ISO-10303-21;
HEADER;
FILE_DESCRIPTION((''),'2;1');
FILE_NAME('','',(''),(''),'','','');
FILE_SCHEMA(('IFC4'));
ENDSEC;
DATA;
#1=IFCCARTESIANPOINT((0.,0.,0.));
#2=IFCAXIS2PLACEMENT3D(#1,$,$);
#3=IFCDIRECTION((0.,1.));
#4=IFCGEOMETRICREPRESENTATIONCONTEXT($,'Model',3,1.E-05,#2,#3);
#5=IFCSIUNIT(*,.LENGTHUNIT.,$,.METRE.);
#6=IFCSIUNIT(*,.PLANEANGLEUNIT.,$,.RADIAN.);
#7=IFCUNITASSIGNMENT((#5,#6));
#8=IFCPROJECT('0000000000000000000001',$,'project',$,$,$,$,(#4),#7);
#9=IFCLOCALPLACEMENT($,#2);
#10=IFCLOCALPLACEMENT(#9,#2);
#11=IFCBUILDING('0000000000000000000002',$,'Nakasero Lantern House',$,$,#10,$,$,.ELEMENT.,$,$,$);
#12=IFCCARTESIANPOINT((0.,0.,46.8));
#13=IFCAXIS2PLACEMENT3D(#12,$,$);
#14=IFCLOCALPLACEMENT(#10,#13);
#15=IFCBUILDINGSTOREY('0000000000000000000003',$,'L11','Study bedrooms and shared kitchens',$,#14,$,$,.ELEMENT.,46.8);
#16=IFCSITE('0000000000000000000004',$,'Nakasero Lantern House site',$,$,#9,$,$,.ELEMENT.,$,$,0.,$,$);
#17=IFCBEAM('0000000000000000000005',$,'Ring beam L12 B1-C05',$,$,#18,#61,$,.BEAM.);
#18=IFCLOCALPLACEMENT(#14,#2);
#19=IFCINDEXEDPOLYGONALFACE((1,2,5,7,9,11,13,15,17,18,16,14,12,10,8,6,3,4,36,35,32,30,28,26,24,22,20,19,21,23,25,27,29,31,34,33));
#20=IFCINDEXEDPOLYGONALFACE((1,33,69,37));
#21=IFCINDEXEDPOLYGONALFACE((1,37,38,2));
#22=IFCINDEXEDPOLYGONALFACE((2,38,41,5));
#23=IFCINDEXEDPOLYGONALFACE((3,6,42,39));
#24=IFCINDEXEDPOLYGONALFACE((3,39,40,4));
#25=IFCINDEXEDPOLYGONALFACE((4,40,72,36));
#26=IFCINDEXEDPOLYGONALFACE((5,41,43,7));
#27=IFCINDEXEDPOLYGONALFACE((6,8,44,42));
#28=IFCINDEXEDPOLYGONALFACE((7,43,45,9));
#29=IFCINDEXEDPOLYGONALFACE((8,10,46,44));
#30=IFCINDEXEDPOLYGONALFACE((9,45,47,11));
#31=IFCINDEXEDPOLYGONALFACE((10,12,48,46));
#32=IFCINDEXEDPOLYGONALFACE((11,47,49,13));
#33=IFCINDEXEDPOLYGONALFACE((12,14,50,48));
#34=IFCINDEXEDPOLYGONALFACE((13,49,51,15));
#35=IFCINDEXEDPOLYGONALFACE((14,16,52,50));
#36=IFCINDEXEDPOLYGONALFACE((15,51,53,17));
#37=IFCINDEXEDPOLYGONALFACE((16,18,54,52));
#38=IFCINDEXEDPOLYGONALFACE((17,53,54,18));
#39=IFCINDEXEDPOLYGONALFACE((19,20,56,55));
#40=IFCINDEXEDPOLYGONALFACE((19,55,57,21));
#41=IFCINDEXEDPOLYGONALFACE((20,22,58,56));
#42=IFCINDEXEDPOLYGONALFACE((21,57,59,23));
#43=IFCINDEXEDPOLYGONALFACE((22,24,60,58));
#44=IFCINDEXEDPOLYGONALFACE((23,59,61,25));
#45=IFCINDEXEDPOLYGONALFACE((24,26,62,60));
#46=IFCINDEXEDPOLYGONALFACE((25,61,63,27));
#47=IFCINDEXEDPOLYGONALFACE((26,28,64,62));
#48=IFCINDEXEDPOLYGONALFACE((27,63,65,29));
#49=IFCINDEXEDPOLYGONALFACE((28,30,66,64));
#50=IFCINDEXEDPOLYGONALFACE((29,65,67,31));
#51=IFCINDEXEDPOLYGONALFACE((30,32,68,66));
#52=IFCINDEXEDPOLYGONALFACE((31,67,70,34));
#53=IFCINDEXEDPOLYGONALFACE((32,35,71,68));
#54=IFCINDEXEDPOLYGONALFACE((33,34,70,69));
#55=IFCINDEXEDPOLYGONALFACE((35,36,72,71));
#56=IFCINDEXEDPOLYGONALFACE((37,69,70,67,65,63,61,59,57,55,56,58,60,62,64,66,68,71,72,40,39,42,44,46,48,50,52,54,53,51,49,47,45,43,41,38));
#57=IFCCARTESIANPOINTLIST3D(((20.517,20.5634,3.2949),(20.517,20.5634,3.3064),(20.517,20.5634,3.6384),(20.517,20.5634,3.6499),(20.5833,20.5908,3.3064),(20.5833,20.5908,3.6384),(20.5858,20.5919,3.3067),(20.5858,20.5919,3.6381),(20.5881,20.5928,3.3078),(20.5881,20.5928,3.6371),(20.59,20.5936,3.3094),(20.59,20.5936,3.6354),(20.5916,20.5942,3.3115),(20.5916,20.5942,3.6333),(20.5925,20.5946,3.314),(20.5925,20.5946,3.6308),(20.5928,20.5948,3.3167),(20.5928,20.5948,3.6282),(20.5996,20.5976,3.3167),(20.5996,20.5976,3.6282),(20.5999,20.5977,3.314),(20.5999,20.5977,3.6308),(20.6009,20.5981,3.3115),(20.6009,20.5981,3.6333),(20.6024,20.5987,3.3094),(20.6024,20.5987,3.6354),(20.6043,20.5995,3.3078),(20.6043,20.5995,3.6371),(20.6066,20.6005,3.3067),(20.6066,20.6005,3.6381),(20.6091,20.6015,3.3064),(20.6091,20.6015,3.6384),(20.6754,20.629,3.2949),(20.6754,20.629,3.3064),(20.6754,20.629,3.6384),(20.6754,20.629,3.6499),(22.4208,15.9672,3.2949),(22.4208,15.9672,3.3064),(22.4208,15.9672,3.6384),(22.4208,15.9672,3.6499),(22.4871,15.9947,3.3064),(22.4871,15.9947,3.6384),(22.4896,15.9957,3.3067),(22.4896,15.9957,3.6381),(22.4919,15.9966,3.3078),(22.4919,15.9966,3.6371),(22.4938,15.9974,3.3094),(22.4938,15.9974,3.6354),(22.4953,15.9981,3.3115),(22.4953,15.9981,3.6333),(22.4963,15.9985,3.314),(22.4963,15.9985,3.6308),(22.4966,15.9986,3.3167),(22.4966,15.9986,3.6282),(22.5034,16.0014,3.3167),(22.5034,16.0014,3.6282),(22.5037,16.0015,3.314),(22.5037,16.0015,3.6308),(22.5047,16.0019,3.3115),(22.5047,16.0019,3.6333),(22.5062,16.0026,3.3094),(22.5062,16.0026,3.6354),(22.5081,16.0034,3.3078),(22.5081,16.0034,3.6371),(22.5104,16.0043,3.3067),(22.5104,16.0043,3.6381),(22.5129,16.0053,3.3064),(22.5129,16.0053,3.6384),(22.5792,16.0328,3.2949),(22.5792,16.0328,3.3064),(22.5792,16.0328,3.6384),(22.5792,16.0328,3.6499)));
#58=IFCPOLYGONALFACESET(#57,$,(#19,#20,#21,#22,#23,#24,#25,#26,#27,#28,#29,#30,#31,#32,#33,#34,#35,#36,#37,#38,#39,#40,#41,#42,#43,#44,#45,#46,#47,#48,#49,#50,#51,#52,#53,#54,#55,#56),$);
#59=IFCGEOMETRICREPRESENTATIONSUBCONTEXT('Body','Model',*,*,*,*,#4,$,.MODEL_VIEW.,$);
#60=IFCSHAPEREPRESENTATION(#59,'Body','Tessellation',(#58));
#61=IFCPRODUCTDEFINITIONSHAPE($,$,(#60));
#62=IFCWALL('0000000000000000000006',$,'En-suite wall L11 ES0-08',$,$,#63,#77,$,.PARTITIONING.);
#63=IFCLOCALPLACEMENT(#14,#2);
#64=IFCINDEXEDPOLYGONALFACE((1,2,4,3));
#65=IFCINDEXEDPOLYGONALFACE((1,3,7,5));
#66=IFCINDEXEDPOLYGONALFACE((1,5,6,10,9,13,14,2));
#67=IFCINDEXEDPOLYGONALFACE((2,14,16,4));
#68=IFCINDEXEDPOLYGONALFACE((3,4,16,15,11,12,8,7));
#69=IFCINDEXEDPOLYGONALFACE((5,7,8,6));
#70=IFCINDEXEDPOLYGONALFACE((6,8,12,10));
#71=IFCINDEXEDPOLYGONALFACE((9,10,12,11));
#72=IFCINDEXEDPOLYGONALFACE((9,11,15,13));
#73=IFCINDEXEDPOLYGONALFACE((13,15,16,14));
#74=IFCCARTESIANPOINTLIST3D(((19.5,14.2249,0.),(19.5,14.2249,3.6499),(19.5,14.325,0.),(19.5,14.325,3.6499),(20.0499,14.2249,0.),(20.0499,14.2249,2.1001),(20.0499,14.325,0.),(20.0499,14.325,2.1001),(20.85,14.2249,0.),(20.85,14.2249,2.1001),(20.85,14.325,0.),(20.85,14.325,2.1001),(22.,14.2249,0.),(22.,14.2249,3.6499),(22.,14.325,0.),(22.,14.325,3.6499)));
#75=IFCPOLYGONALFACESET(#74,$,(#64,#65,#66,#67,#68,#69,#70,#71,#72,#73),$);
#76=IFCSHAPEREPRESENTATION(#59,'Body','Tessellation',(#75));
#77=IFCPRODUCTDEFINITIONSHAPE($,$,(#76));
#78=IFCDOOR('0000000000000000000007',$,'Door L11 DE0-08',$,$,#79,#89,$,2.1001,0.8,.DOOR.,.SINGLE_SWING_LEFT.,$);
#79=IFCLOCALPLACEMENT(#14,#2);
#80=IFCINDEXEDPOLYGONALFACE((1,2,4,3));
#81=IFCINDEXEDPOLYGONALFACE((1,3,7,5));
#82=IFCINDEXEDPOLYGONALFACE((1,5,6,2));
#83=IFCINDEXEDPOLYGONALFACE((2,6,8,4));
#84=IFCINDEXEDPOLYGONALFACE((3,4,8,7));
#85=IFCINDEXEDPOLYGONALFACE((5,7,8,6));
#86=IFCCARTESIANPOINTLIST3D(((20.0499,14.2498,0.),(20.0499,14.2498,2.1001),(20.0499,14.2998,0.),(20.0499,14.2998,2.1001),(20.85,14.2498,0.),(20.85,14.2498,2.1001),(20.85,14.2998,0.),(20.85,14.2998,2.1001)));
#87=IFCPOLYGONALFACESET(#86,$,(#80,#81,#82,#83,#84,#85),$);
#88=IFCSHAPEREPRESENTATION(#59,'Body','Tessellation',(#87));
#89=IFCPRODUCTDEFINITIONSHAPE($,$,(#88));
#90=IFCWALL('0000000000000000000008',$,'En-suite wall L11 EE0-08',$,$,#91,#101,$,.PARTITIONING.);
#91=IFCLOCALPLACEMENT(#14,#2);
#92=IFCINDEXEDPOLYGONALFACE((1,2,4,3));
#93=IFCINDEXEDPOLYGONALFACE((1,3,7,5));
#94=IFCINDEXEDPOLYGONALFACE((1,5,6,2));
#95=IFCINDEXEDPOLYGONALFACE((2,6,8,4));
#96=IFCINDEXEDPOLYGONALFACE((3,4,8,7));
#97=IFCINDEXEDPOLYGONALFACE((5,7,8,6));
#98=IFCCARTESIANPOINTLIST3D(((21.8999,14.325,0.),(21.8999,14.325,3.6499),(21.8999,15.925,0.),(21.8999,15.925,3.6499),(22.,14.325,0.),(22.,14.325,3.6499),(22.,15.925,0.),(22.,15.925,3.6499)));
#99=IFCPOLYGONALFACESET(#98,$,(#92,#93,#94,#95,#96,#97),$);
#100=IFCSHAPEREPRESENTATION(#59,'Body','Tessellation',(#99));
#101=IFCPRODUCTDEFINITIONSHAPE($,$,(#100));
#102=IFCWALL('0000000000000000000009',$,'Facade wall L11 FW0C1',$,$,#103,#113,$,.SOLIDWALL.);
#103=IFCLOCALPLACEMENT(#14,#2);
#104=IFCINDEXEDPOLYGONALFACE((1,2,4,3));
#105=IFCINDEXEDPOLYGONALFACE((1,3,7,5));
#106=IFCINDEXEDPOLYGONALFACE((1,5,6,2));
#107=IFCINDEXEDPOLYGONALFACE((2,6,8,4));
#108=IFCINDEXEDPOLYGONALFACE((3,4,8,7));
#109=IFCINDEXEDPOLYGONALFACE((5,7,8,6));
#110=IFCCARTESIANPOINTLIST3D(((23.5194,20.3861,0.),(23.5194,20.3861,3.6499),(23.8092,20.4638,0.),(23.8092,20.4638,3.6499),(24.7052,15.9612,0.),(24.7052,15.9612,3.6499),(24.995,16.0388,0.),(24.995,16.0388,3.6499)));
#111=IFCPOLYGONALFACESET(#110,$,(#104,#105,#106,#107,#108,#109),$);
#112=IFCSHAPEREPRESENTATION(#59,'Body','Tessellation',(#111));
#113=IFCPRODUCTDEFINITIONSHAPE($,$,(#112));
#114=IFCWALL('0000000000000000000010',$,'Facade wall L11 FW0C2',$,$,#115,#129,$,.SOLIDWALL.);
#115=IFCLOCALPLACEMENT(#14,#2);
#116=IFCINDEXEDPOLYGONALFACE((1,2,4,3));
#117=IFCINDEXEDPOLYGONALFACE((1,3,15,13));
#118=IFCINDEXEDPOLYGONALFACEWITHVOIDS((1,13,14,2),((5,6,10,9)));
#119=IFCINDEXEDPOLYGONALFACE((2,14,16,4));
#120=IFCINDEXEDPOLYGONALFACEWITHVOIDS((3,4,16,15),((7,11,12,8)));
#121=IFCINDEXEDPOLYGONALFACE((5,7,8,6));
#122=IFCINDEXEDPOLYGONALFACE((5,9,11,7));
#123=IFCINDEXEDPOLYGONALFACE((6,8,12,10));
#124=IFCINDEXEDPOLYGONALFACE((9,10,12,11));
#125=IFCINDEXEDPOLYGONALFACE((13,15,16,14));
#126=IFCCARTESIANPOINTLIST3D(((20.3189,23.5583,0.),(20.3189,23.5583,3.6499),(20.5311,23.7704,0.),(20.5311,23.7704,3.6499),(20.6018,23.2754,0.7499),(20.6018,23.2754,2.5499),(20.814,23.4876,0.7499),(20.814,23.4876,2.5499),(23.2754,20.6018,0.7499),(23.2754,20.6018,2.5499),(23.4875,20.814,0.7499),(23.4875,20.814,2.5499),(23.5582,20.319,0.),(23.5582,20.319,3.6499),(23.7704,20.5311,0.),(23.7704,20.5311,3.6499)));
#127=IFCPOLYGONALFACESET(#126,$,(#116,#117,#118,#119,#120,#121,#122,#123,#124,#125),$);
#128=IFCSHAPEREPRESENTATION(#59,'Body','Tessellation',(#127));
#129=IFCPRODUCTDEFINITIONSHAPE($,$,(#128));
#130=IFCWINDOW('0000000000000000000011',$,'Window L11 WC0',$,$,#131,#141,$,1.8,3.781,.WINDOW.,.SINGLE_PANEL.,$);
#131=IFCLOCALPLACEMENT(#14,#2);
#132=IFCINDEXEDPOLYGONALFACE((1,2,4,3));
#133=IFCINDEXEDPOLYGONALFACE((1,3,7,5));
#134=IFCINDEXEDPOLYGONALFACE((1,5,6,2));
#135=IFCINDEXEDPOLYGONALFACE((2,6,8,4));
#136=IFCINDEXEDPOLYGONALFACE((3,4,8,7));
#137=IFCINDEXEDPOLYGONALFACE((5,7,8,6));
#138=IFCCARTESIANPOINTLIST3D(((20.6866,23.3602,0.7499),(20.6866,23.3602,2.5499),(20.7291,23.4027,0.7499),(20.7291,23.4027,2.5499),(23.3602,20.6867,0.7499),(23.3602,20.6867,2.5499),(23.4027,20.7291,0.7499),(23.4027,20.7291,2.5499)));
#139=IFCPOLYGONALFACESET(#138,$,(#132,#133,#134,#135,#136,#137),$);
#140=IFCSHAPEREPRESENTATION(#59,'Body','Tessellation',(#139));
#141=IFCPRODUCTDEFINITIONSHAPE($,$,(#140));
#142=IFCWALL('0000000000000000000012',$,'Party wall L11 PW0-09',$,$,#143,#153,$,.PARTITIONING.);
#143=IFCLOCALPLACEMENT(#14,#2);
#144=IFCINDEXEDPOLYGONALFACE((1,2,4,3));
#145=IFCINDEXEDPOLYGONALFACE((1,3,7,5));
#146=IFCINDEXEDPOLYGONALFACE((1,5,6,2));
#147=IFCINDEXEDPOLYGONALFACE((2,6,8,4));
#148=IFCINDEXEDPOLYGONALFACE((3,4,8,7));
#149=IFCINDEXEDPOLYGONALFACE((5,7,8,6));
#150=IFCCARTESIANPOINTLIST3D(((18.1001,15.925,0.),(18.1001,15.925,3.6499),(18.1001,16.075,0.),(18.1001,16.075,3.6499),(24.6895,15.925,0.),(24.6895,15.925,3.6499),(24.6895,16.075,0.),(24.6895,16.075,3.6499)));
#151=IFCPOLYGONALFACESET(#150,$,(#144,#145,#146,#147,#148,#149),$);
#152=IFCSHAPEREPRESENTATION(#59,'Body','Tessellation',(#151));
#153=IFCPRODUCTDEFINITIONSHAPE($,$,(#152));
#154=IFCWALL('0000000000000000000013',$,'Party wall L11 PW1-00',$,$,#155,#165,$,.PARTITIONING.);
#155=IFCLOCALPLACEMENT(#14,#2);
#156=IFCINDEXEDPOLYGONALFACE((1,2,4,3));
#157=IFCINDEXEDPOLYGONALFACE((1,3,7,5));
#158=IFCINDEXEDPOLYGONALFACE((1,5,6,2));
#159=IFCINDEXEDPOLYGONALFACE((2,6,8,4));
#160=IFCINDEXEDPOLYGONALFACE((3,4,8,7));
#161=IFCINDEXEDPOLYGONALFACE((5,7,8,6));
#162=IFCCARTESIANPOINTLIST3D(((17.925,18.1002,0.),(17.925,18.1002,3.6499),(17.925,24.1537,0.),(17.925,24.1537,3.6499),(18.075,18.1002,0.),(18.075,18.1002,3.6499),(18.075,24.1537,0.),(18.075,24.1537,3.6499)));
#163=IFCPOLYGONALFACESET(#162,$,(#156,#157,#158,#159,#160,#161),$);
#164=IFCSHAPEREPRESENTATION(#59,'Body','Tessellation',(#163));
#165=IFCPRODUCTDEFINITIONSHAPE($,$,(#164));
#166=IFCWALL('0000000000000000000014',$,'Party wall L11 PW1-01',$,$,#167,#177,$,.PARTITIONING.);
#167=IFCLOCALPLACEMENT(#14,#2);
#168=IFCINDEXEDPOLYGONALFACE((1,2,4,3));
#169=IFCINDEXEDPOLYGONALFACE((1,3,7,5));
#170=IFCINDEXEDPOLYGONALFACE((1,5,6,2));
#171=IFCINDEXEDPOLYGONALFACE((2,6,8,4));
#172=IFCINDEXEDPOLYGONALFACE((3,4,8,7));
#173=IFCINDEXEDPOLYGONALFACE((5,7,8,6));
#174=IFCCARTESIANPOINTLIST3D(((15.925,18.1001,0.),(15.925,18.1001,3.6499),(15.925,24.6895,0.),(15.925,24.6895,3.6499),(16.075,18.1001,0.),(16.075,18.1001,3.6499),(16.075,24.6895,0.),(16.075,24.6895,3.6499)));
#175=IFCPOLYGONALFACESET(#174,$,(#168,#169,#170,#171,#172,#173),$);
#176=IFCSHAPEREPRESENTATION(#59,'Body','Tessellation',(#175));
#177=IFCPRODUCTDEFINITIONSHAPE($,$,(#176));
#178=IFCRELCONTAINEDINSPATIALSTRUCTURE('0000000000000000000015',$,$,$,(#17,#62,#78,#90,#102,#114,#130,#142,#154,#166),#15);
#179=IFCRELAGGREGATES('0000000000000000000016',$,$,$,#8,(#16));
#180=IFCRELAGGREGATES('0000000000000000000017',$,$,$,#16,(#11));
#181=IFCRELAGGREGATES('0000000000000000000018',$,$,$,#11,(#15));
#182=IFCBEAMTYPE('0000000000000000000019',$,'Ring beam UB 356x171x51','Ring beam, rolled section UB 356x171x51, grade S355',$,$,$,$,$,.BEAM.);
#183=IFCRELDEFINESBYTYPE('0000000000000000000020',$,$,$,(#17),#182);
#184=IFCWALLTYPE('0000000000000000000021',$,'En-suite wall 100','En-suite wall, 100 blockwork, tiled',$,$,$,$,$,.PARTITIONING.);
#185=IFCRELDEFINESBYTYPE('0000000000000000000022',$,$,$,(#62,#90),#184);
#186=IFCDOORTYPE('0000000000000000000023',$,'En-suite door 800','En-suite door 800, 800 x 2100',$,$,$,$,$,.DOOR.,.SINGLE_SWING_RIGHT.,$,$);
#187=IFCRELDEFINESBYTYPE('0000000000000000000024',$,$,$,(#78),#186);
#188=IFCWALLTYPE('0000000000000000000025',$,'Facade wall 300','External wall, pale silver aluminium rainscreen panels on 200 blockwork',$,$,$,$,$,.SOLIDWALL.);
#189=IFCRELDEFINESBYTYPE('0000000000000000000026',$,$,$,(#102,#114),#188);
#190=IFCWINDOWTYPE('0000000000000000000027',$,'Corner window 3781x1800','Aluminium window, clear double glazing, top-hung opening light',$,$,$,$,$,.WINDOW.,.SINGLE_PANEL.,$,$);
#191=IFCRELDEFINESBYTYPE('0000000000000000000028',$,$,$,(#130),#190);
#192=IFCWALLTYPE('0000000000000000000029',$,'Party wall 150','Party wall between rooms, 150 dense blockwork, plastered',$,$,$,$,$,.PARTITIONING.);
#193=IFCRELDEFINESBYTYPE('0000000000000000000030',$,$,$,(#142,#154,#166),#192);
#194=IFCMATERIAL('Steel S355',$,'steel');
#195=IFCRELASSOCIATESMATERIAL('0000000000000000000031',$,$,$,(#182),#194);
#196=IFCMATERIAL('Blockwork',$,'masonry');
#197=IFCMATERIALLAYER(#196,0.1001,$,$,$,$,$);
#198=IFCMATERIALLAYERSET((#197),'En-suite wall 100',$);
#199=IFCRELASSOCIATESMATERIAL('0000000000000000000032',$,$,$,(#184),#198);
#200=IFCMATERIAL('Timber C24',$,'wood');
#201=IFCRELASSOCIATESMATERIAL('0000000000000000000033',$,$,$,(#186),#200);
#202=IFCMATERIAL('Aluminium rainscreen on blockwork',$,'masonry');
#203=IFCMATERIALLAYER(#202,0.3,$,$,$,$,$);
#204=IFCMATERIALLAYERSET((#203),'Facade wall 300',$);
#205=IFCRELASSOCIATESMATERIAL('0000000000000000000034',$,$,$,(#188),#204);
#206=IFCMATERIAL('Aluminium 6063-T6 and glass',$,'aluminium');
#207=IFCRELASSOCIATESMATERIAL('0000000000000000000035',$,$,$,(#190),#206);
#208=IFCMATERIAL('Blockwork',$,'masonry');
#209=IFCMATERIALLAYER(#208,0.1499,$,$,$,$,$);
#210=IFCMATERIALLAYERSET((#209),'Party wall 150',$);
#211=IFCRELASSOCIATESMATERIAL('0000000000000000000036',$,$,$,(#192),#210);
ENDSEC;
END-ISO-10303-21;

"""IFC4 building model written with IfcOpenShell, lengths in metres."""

from ifc_helpers import new_model, si_unit, direction, frame, frame_2d, origin, origin_2d, place, context, subcontext, project, spatial, rectangle, i_section, extrude, material, layer, layer_set, material_profile, profile_set, type_object, element, fill, save


model = new_model("IFC4")

# Units and contexts
model_context = context("Model", 3, precision=1e-05, world=origin(), true_north=direction((0.0, 1.0)))
body_context = subcontext(model_context, "Body", "Model", "MODEL_VIEW")
ifc_project = project(units=[si_unit("LENGTHUNIT", "METRE"), si_unit("PLANEANGLEUNIT", "RADIAN")], contexts=[model_context])

# Site, building, storey
site_placement = place(None, origin())
site = spatial("IfcSite", under=ifc_project, at=site_placement, Name="Nakasero Lantern House site", CompositionType="ELEMENT", RefElevation=0.0)
building_placement = place(site_placement, origin())
building = spatial("IfcBuilding", under=site, at=building_placement, Name="Nakasero Lantern House", CompositionType="ELEMENT")
storey_placement = place(building_placement, frame((0.0, 0.0, 46.8)))
storey = spatial("IfcBuildingStorey", under=building, at=storey_placement, Name="L11", Description="Study bedrooms and shared kitchens", CompositionType="ELEMENT", Elevation=46.8)

# Beam
ifc_material_1 = material(Name="Steel S355", Category="steel")
ifc_material_profile_1 = material_profile(ifc_material_1, i_section(OverallWidth=0.1714, OverallDepth=0.355, WebThickness=0.0073, FlangeThickness=0.0115, FilletRadius=0.0103, at=origin_2d()), Name="UB 356x171x51")
ifc_profile_set_1 = profile_set([ifc_material_profile_1], Name="Steel S355")
beam_type_1 = type_object("IfcBeamType", Name="Ring beam UB 356x171x51", Description="Ring beam, rolled section UB 356x171x51, grade S355", PredefinedType="BEAM", material=ifc_profile_set_1)
beam_1_placement = place(storey_placement, frame((22.5, 16.0, 3.4724), z_axis=(-0.382684, 0.923879, 0.0), x_axis=(-0.923879, -0.382684, 0.0)))
element("IfcBeam", 1, at=beam_1_placement, inside=storey, type_object=beam_type_1, Name="Ring beam L12 B1-C05", PredefinedType="BEAM", context=body_context, shape_type="SweptSolid", body=[
    extrude(i_section(OverallWidth=0.1714, OverallDepth=0.355, WebThickness=0.0073, FlangeThickness=0.0115, FilletRadius=0.0103, at=origin_2d()), origin(), (0.0, 0.0, 1.0), 4.9749),
])

# Wall, opening, door
ifc_material_2 = material(Name="Blockwork", Category="masonry")
ifc_layer_1 = layer(ifc_material_2, 0.1001)
ifc_layer_set_1 = layer_set([ifc_layer_1], Name="En-suite wall 100")
wall_type_1 = type_object("IfcWallType", Name="En-suite wall 100", Description="En-suite wall, 100 blockwork, tiled", PredefinedType="PARTITIONING", material=ifc_layer_set_1)
wall_1_placement = place(storey_placement, frame((19.5, 14.2749, 0.0), z_axis=(0.0, 0.0, 1.0), x_axis=(1.0, 0.0, 0.0)))
wall_1 = element("IfcWall", 2, at=wall_1_placement, inside=storey, type_object=wall_type_1, Name="En-suite wall L11 ES0-08", PredefinedType="PARTITIONING", context=body_context, shape_type="SweptSolid", body=[
    extrude(rectangle(XDim=2.5, YDim=0.1001, at=frame_2d((1.25, 0.0))), origin(), (0.0, 0.0, 1.0), 3.6499),
])
opening_1_placement = place(wall_1_placement, frame((0.55, 0.0, 0.0)))
opening_1 = element("IfcOpeningElement", 3, at=opening_1_placement, cuts=wall_1, PredefinedType="OPENING", context=body_context, shape_type="SweptSolid", body=[
    extrude(rectangle(XDim=0.8, YDim=2.1001, at=frame_2d((0.3999, 1.05))), frame((0.0, 0.0701, 0.0), z_axis=(0.0, -1.0, 0.0), x_axis=(1.0, 0.0, 0.0)), (0.0, 0.0, 1.0), 0.1401),
])
ifc_material_3 = material(Name="Timber C24", Category="wood")
door_type_1 = type_object("IfcDoorType", Name="En-suite door 800", Description="En-suite door 800, 800 x 2100", OperationType="SINGLE_SWING_RIGHT", PredefinedType="DOOR", material=ifc_material_3)
door_1_placement = place(opening_1_placement, origin())
door_1 = element("IfcDoor", 4, at=door_1_placement, inside=storey, type_object=door_type_1, Name="Door L11 DE0-08", OperationType="SINGLE_SWING_LEFT", OverallHeight=2.1001, OverallWidth=0.8, PredefinedType="DOOR", context=body_context, shape_type="SweptSolid", body=[
    extrude(rectangle(XDim=0.8, YDim=2.1001, at=frame_2d((0.3999, 1.05))), frame((0.0, 0.0249, 0.0), z_axis=(0.0, -1.0, 0.0), x_axis=(1.0, 0.0, 0.0)), (0.0, 0.0, 1.0), 0.05),
])
fill(opening_1, door_1)

# Walls
wall_2_placement = place(storey_placement, frame((21.95, 14.325, 0.0), z_axis=(0.0, 0.0, 1.0), x_axis=(0.0, 1.0, 0.0)))
element("IfcWall", 5, at=wall_2_placement, inside=storey, type_object=wall_type_1, Name="En-suite wall L11 EE0-08", PredefinedType="PARTITIONING", context=body_context, shape_type="SweptSolid", body=[
    extrude(rectangle(XDim=1.6001, YDim=0.1001, at=frame_2d((0.8, 0.0))), origin(), (0.0, 0.0, 1.0), 3.6499),
])
ifc_material_4 = material(Name="Aluminium rainscreen on blockwork", Category="masonry")
ifc_layer_2 = layer(ifc_material_4, 0.3)
ifc_layer_set_2 = layer_set([ifc_layer_2], Name="Facade wall 300")
wall_type_2 = type_object("IfcWallType", Name="Facade wall 300", Description="External wall, pale silver aluminium rainscreen panels on 200 blockwork", PredefinedType="SOLIDWALL", material=ifc_layer_set_2)
wall_3_placement = place(storey_placement, frame((24.8501, 16.0, 0.0), z_axis=(0.0, 0.0, 1.0), x_axis=(-0.25884, 0.96592, 0.0)))
element("IfcWall", 6, at=wall_3_placement, inside=storey, type_object=wall_type_2, Name="Facade wall L11 FW0C1", PredefinedType="SOLIDWALL", context=body_context, shape_type="SweptSolid", body=[
    extrude(rectangle(XDim=4.5811, YDim=0.3, at=frame_2d((2.2905, 0.0))), origin(), (0.0, 0.0, 1.0), 3.6499),
])

# Wall, opening, window
wall_4_placement = place(storey_placement, frame((23.6643, 20.425, 0.0), z_axis=(0.0, 0.0, 1.0), x_axis=(-0.707107, 0.707107, 0.0)))
wall_4 = element("IfcWall", 7, at=wall_4_placement, inside=storey, type_object=wall_type_2, Name="Facade wall L11 FW0C2", PredefinedType="SOLIDWALL", context=body_context, shape_type="SweptSolid", body=[
    extrude(rectangle(XDim=4.5811, YDim=0.3, at=frame_2d((2.2905, 0.0))), origin(), (0.0, 0.0, 1.0), 3.6499),
])
opening_2_placement = place(wall_4_placement, frame((0.3999, 0.0, 0.75)))
opening_2 = element("IfcOpeningElement", 8, at=opening_2_placement, cuts=wall_4, PredefinedType="OPENING", context=body_context, shape_type="SweptSolid", body=[
    extrude(rectangle(XDim=3.781, YDim=1.8, at=frame_2d((1.8906, 0.8999))), frame((0.0, 0.1699, 0.0), z_axis=(0.0, -1.0, 0.0), x_axis=(1.0, 0.0, 0.0)), (0.0, 0.0, 1.0), 0.3401),
])
ifc_material_5 = material(Name="Aluminium 6063-T6 and glass", Category="aluminium")
window_type = type_object("IfcWindowType", Name="Corner window 3781x1800", Description="Aluminium window, clear double glazing, top-hung opening light", PartitioningType="SINGLE_PANEL", PredefinedType="WINDOW", material=ifc_material_5)
window_placement = place(opening_2_placement, origin())
window = element("IfcWindow", 9, at=window_placement, inside=storey, type_object=window_type, Name="Window L11 WC0", OverallHeight=1.8, OverallWidth=3.781, PartitioningType="SINGLE_PANEL", PredefinedType="WINDOW", context=body_context, shape_type="SweptSolid", body=[
    extrude(rectangle(XDim=3.781, YDim=1.8, at=frame_2d((1.8906, 0.8999))), frame((0.0, 0.03, 0.0), z_axis=(0.0, -1.0, 0.0), x_axis=(1.0, 0.0, 0.0)), (0.0, 0.0, 1.0), 0.0601),
])
fill(opening_2, window)

# Walls
ifc_material_6 = material(Name="Blockwork", Category="masonry")
ifc_layer_3 = layer(ifc_material_6, 0.1499)
ifc_layer_set_3 = layer_set([ifc_layer_3], Name="Party wall 150")
wall_type_3 = type_object("IfcWallType", Name="Party wall 150", Description="Party wall between rooms, 150 dense blockwork, plastered", PredefinedType="PARTITIONING", material=ifc_layer_set_3)
wall_5_placement = place(storey_placement, frame((18.1001, 16.0, 0.0), z_axis=(0.0, 0.0, 1.0), x_axis=(1.0, 0.0, 0.0)))
element("IfcWall", 10, at=wall_5_placement, inside=storey, type_object=wall_type_3, Name="Party wall L11 PW0-09", PredefinedType="PARTITIONING", context=body_context, shape_type="SweptSolid", body=[
    extrude(rectangle(XDim=6.5894, YDim=0.1499, at=frame_2d((3.2947, 0.0))), origin(), (0.0, 0.0, 1.0), 3.6499),
])
wall_6_placement = place(storey_placement, frame((18.0, 18.1001, 0.0), z_axis=(0.0, 0.0, 1.0), x_axis=(0.0, 1.0, 0.0)))
element("IfcWall", 11, at=wall_6_placement, inside=storey, type_object=wall_type_3, Name="Party wall L11 PW1-00", PredefinedType="PARTITIONING", context=body_context, shape_type="SweptSolid", body=[
    extrude(rectangle(XDim=6.0535, YDim=0.1499, at=frame_2d((3.0269, 0.0))), origin(), (0.0, 0.0, 1.0), 3.6499),
])
wall_7_placement = place(storey_placement, frame((16.0, 18.1001, 0.0), z_axis=(0.0, 0.0, 1.0), x_axis=(0.0, 1.0, 0.0)))
element("IfcWall", 12, at=wall_7_placement, inside=storey, type_object=wall_type_3, Name="Party wall L11 PW1-01", PredefinedType="PARTITIONING", context=body_context, shape_type="SweptSolid", body=[
    extrude(rectangle(XDim=6.5894, YDim=0.1499, at=frame_2d((3.2947, 0.0))), origin(), (0.0, 0.0, 1.0), 3.6499),
])

save(model, "model.ifc")
